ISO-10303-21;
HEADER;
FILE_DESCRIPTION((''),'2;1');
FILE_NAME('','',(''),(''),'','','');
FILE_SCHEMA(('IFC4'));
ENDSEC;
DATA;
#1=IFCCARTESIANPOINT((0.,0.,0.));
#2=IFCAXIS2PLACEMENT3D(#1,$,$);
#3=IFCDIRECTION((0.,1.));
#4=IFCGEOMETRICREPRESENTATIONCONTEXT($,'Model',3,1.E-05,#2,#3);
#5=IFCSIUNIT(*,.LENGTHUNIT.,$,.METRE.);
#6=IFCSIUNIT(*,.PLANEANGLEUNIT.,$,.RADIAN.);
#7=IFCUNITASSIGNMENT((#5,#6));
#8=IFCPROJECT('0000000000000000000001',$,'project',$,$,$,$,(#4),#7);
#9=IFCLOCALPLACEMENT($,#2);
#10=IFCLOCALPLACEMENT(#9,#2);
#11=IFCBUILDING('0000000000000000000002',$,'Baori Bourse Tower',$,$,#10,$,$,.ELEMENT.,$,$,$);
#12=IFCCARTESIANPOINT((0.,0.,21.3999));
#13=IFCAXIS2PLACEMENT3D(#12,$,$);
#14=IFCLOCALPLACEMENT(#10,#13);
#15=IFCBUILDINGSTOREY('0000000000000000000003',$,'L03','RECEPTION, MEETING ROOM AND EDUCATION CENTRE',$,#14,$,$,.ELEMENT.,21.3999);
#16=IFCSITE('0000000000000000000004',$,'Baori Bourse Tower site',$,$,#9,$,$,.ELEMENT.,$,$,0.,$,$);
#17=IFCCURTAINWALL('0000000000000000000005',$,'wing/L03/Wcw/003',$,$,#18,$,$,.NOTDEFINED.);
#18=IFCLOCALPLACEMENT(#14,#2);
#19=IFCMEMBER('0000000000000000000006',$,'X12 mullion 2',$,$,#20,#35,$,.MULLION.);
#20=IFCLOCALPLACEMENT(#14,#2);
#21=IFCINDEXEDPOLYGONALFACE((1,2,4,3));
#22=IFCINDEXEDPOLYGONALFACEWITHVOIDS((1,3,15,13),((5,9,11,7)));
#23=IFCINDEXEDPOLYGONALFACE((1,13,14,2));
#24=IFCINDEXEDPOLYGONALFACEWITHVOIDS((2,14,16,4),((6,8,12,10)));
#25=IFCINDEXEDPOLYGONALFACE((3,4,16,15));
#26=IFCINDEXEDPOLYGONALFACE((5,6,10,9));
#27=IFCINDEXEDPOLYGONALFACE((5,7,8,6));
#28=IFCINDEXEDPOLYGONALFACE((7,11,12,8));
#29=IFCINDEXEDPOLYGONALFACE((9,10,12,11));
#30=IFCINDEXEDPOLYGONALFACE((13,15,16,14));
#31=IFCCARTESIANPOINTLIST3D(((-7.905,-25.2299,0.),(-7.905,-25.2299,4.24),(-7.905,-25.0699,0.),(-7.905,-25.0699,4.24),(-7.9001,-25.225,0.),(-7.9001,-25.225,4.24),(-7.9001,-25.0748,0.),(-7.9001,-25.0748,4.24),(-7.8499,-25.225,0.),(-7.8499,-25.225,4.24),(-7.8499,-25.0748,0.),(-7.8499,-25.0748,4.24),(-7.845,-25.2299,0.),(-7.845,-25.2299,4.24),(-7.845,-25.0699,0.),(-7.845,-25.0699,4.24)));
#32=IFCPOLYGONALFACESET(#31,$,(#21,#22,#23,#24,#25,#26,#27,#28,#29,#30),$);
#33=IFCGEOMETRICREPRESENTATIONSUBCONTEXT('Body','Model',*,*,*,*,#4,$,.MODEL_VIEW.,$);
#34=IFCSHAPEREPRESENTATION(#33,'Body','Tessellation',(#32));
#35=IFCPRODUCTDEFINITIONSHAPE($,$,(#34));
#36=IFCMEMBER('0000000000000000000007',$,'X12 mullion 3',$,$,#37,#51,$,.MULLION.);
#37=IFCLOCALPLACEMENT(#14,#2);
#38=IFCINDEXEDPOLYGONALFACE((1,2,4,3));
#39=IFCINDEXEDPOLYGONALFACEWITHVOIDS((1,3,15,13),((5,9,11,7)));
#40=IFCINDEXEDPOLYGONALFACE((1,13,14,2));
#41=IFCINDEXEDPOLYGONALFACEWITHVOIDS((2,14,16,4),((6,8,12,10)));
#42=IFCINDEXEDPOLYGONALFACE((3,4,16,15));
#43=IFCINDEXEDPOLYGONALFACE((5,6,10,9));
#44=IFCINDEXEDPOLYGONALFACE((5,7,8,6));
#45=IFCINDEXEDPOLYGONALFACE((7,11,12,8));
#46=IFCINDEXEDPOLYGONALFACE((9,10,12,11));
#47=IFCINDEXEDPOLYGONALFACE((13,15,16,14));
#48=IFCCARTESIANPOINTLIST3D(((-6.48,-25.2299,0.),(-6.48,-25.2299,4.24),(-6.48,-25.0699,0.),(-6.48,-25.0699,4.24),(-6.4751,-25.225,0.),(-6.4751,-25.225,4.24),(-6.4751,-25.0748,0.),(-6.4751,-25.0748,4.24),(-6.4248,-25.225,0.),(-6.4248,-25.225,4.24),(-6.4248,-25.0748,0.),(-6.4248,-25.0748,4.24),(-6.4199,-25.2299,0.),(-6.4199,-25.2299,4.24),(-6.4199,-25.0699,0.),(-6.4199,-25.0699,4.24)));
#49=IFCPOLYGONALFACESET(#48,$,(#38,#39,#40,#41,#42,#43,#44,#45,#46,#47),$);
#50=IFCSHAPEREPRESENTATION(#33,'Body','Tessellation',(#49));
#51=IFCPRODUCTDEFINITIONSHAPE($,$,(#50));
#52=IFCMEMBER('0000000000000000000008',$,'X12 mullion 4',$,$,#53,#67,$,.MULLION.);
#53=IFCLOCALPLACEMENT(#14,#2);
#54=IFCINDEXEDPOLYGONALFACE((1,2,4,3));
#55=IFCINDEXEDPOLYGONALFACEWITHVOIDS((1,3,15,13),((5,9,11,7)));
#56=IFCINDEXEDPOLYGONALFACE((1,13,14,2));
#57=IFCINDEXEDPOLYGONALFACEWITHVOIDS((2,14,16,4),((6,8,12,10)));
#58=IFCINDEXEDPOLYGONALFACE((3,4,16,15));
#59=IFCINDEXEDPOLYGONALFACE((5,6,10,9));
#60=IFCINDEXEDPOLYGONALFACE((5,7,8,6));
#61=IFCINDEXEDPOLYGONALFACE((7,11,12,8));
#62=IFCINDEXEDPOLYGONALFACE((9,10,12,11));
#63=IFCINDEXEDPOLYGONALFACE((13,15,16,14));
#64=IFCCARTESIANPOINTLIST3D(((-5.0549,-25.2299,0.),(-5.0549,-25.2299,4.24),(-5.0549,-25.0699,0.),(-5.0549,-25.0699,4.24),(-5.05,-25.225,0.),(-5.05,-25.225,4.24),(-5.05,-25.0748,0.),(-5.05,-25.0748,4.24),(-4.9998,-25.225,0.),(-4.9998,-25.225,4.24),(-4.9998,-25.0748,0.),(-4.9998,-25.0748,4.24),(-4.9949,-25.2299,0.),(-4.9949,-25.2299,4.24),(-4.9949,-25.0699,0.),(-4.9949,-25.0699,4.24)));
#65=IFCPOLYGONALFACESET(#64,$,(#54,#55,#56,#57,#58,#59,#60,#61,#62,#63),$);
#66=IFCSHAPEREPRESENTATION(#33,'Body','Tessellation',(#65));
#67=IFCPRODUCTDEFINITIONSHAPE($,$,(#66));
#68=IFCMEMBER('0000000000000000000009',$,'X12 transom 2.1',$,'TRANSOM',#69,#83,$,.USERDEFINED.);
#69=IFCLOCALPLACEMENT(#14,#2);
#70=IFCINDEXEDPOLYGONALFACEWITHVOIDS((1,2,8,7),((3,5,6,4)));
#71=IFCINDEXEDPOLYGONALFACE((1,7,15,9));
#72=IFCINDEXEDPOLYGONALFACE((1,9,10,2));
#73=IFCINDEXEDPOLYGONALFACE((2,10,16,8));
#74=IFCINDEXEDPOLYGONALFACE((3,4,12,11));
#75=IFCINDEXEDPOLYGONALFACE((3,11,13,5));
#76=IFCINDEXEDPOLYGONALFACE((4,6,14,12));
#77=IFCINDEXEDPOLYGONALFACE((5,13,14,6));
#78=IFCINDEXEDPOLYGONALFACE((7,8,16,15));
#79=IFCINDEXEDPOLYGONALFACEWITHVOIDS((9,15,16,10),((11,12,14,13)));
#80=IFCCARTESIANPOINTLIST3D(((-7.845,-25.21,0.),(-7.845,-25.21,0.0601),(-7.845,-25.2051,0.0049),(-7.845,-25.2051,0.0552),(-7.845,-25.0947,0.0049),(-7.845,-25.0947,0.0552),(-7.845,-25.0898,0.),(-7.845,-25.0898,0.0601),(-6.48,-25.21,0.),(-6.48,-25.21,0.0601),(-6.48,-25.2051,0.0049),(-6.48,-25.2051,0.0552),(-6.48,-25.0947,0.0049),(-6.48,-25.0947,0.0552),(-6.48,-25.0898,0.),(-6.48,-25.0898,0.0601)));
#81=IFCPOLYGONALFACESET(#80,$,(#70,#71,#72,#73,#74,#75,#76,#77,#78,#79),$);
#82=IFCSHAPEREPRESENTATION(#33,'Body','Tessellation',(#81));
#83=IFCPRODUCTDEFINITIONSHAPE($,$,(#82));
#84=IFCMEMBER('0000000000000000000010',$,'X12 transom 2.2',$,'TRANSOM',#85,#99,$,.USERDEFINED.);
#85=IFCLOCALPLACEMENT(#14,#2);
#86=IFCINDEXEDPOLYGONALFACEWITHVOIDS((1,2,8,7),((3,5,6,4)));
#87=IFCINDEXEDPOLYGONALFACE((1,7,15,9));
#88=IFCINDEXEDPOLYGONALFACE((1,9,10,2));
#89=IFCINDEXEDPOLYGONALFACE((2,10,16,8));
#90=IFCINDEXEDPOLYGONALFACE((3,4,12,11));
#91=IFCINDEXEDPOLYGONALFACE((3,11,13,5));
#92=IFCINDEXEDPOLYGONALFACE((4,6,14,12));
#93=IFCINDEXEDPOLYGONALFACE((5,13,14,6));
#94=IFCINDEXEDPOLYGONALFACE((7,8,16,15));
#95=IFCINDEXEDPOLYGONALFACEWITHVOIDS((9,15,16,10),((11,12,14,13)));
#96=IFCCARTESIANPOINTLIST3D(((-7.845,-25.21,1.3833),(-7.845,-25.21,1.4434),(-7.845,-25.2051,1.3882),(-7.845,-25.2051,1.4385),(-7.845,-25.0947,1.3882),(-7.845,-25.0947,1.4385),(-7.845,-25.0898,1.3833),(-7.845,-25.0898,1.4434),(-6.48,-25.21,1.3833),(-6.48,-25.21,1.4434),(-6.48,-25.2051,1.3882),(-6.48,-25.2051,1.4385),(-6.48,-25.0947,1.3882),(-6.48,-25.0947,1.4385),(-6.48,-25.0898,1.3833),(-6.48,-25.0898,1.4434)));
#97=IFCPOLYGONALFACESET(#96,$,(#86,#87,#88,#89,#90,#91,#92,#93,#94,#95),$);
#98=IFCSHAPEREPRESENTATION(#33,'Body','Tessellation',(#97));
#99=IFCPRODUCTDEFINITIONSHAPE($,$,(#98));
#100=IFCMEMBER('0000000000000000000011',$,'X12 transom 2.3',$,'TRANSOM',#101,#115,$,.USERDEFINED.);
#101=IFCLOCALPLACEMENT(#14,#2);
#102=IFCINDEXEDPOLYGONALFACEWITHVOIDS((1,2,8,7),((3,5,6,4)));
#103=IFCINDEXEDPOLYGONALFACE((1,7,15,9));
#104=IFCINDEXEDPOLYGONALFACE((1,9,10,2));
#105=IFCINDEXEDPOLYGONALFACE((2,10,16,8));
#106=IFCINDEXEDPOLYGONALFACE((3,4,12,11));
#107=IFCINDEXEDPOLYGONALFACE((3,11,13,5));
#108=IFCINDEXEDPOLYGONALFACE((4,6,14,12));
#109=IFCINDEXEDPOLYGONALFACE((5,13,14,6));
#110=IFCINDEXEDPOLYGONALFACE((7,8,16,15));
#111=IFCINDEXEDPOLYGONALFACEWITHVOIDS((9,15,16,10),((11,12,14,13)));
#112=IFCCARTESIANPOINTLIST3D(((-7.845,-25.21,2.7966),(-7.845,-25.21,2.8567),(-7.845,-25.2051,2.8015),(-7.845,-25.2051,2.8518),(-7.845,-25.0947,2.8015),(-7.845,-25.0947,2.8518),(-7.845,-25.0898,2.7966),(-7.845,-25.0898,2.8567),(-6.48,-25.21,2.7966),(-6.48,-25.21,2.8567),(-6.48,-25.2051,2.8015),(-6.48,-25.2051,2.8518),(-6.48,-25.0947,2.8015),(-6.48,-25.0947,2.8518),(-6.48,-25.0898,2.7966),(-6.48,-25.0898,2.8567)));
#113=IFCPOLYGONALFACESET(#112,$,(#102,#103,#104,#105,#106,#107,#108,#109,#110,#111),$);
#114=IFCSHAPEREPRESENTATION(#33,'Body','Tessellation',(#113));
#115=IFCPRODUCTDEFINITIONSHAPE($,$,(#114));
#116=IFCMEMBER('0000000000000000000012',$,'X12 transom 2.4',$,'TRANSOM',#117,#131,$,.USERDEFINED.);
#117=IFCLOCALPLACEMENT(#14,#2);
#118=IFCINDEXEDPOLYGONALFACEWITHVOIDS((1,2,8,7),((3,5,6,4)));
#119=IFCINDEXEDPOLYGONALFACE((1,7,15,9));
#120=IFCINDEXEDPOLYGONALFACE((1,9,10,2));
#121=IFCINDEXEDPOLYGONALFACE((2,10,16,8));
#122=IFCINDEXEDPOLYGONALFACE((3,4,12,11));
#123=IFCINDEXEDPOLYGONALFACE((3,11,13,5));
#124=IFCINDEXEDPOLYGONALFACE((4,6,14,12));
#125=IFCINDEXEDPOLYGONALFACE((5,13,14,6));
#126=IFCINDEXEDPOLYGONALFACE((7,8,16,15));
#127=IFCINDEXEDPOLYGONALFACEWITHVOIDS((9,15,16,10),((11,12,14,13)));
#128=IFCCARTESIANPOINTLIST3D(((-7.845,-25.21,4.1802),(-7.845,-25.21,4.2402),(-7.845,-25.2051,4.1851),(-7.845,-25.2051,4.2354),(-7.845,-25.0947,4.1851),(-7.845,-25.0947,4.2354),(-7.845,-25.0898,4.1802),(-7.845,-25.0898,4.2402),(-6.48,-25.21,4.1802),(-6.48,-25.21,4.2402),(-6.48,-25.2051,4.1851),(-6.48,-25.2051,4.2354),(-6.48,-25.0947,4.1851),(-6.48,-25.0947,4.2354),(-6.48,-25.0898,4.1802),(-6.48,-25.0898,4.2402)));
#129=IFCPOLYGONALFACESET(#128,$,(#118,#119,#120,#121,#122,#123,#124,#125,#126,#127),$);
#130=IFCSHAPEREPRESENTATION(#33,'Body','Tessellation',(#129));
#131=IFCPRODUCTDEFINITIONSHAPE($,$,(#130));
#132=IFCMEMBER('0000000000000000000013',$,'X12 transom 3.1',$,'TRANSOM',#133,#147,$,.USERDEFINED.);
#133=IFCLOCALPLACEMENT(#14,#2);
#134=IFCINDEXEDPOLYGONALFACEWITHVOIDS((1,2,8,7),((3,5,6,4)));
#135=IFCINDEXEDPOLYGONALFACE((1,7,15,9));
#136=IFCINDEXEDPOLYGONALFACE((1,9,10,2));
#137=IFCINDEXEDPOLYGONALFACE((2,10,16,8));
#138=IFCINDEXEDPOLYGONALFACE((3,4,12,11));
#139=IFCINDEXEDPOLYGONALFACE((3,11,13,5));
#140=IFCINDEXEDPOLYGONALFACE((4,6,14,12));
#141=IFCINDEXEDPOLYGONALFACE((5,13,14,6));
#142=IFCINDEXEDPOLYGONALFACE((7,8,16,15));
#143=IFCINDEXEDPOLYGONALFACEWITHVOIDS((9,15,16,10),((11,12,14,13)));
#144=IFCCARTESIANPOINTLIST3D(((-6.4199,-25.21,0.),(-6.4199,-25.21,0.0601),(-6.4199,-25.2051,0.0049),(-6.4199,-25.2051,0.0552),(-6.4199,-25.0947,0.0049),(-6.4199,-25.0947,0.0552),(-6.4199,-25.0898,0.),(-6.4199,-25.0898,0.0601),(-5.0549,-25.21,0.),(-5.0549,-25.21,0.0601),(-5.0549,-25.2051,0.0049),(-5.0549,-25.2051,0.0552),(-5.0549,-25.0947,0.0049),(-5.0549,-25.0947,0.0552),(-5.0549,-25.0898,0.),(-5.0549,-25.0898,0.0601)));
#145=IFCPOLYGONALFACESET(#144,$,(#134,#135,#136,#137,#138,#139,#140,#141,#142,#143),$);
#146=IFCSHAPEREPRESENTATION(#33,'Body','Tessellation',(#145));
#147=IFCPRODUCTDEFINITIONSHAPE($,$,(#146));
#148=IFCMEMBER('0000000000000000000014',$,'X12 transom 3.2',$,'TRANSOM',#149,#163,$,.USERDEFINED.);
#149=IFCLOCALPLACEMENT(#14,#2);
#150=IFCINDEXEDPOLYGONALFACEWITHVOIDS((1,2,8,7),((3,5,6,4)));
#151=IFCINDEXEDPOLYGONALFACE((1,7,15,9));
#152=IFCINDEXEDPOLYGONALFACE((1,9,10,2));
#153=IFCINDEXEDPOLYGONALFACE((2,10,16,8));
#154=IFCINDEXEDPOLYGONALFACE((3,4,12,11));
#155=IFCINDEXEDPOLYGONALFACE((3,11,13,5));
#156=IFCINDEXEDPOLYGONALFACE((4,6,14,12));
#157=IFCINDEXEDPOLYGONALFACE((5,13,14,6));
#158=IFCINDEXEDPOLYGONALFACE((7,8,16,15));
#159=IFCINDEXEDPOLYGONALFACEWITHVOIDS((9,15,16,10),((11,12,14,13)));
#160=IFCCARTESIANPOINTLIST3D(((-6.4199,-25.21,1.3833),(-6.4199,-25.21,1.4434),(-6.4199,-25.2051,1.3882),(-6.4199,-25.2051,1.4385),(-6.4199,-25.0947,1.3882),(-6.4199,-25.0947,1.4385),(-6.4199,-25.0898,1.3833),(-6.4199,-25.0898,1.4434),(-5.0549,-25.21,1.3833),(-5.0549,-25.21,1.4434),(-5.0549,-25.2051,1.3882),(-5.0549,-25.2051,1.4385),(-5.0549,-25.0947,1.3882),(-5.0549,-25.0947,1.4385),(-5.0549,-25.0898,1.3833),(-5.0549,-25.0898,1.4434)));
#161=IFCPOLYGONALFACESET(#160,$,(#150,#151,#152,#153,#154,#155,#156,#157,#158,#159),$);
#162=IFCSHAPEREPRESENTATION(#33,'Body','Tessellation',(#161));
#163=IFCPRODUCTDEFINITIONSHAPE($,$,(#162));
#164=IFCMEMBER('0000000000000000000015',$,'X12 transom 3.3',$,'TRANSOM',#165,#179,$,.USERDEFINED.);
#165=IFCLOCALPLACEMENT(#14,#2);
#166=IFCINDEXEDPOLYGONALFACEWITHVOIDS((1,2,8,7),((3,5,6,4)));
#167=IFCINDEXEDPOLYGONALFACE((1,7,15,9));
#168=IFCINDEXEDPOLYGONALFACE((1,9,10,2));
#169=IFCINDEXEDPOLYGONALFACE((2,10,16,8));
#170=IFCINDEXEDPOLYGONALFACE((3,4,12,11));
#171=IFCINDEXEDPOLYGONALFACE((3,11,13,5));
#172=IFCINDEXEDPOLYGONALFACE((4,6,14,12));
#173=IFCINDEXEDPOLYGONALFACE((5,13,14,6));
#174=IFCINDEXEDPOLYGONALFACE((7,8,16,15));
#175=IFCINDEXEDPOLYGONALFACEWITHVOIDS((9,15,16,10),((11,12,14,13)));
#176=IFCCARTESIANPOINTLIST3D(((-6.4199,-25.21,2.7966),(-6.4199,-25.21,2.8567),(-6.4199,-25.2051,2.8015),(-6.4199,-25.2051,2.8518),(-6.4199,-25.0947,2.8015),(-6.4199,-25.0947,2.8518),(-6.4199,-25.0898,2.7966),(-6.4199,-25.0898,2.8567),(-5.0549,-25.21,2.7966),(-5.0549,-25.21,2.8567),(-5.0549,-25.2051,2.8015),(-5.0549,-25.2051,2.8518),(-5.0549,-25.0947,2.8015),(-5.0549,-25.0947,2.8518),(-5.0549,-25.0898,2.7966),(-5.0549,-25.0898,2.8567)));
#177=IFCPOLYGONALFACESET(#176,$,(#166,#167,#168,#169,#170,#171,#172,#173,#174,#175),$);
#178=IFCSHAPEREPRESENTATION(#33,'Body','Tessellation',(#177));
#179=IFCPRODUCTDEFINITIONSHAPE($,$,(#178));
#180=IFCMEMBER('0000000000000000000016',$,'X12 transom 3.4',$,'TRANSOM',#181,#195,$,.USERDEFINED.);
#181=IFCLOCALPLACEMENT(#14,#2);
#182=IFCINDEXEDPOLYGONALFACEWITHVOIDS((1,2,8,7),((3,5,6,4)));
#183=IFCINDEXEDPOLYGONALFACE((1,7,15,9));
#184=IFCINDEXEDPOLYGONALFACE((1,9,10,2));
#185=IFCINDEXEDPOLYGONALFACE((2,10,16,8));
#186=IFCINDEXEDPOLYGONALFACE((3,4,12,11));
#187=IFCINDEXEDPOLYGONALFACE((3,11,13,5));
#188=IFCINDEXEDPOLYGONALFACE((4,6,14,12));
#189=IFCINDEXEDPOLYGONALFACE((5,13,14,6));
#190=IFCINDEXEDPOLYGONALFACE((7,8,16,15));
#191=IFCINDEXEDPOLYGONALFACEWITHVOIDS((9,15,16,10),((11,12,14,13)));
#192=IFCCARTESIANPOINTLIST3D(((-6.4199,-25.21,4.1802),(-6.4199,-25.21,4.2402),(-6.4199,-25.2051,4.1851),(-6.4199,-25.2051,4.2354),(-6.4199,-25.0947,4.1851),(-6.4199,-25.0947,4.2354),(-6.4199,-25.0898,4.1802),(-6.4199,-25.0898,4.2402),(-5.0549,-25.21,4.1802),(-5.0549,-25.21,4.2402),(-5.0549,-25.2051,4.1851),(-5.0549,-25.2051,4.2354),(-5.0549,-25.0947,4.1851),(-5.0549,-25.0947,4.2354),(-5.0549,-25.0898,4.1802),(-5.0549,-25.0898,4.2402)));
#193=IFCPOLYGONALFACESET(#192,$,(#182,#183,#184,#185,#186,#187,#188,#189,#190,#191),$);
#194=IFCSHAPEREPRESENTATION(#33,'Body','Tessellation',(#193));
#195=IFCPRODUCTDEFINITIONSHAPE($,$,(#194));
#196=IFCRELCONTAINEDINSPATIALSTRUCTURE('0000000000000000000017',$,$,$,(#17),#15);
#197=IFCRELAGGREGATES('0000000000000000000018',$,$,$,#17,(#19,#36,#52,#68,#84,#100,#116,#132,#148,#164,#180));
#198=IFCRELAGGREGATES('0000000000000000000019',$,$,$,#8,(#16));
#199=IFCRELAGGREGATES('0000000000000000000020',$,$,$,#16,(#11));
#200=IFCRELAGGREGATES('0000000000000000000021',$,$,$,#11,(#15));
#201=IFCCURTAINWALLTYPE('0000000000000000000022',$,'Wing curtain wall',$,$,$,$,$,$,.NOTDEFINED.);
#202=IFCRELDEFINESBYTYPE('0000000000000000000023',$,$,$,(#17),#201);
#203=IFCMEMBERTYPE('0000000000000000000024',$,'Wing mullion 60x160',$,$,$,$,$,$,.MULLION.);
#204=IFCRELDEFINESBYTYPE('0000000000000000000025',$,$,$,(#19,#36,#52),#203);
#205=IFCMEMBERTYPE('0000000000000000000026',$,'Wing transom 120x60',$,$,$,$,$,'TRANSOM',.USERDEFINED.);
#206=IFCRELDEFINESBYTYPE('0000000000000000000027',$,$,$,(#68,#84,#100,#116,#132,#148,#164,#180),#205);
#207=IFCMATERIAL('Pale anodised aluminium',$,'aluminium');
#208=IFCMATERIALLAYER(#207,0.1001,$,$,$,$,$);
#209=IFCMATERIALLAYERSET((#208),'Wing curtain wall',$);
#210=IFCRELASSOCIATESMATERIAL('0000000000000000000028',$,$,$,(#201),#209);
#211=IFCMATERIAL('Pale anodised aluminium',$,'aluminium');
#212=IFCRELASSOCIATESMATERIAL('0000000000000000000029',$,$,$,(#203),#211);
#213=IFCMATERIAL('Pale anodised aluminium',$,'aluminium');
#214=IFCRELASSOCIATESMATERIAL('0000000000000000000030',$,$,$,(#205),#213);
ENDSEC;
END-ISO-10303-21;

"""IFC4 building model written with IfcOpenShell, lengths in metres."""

from ifc_helpers import new_model, si_unit, direction, frame, origin, origin_2d, place, context, subcontext, project, spatial, hollow_rectangle, extrude, material, layer, layer_set, material_profile, profile_set, type_object, element, aggregate, save


model = new_model("IFC4")

# Units and contexts
model_context = context("Model", 3, precision=1e-05, world=origin(), true_north=direction((0.0, 1.0)))
body_context = subcontext(model_context, "Body", "Model", "MODEL_VIEW")
ifc_project = project(units=[si_unit("LENGTHUNIT", "METRE"), si_unit("PLANEANGLEUNIT", "RADIAN")], contexts=[model_context])

# Site, building, storey
site_placement = place(None, origin())
site = spatial("IfcSite", under=ifc_project, at=site_placement, Name="Baori Bourse Tower site", CompositionType="ELEMENT", RefElevation=0.0)
building_placement = place(site_placement, origin())
building = spatial("IfcBuilding", under=site, at=building_placement, Name="Baori Bourse Tower", CompositionType="ELEMENT")
storey_placement = place(building_placement, frame((0.0, 0.0, 21.3999)))
storey = spatial("IfcBuildingStorey", under=building, at=storey_placement, Name="L03", Description="RECEPTION, MEETING ROOM AND EDUCATION CENTRE", CompositionType="ELEMENT", Elevation=21.3999)

# Curtain wall, members
ifc_material_1 = material(Name="Pale anodised aluminium", Category="aluminium")
ifc_layer_1 = layer(ifc_material_1, 0.1001)
ifc_layer_set_1 = layer_set([ifc_layer_1], Name="Wing curtain wall")
curtain_wall_type = type_object("IfcCurtainWallType", Name="Wing curtain wall", PredefinedType="NOTDEFINED", material=ifc_layer_set_1)
curtain_wall_placement = place(storey_placement, origin())
curtain_wall = element("IfcCurtainWall", 1, at=curtain_wall_placement, inside=storey, type_object=curtain_wall_type, Name="wing/L03/Wcw/003", PredefinedType="NOTDEFINED")
ifc_material_2 = material(Name="Pale anodised aluminium", Category="aluminium")
ifc_material_profile_1 = material_profile(ifc_material_2, hollow_rectangle(XDim=0.1599, YDim=0.0601, WallThickness=0.0049, at=origin_2d()), Name="Mullion 160x60x5")
ifc_profile_set_1 = profile_set([ifc_material_profile_1], Name="Pale anodised aluminium")
member_type_1 = type_object("IfcMemberType", Name="Wing mullion 60x160", PredefinedType="MULLION", material=ifc_profile_set_1)
member_1_placement = place(storey_placement, frame((-7.875, -25.1499, 0.0), z_axis=(0.0, 0.0, 1.0), x_axis=(0.0, 1.0, 0.0)))
member_1 = element("IfcMember", 2, at=member_1_placement, type_object=member_type_1, Name="X12 mullion 2", PredefinedType="MULLION", context=body_context, shape_type="SweptSolid", body=[
    extrude(hollow_rectangle(XDim=0.1599, YDim=0.0601, WallThickness=0.0049, at=origin_2d()), origin(), (0.0, 0.0, 1.0), 4.24),
])
member_2_placement = place(storey_placement, frame((-6.45, -25.1499, 0.0), z_axis=(0.0, 0.0, 1.0), x_axis=(0.0, 1.0, 0.0)))
member_2 = element("IfcMember", 3, at=member_2_placement, type_object=member_type_1, Name="X12 mullion 3", PredefinedType="MULLION", context=body_context, shape_type="SweptSolid", body=[
    extrude(hollow_rectangle(XDim=0.1599, YDim=0.0601, WallThickness=0.0049, at=origin_2d()), origin(), (0.0, 0.0, 1.0), 4.24),
])
member_3_placement = place(storey_placement, frame((-5.0249, -25.1499, 0.0), z_axis=(0.0, 0.0, 1.0), x_axis=(0.0, 1.0, 0.0)))
member_3 = element("IfcMember", 4, at=member_3_placement, type_object=member_type_1, Name="X12 mullion 4", PredefinedType="MULLION", context=body_context, shape_type="SweptSolid", body=[
    extrude(hollow_rectangle(XDim=0.1599, YDim=0.0601, WallThickness=0.0049, at=origin_2d()), origin(), (0.0, 0.0, 1.0), 4.24),
])
ifc_material_3 = material(Name="Pale anodised aluminium", Category="aluminium")
ifc_material_profile_2 = material_profile(ifc_material_3, hollow_rectangle(XDim=0.1201, YDim=0.0601, WallThickness=0.0049, at=origin_2d()), Name="Transom 120x60x5")
ifc_profile_set_2 = profile_set([ifc_material_profile_2], Name="Pale anodised aluminium")
member_type_2 = type_object("IfcMemberType", Name="Wing transom 120x60", ElementType="TRANSOM", PredefinedType="USERDEFINED", material=ifc_profile_set_2)
member_4_placement = place(storey_placement, frame((-7.845, -25.1499, 0.03), z_axis=(1.0, 0.0, 0.0), x_axis=(0.0, 1.0, 0.0)))
member_4 = element("IfcMember", 5, at=member_4_placement, type_object=member_type_2, Name="X12 transom 2.1", ObjectType="TRANSOM", PredefinedType="USERDEFINED", context=body_context, shape_type="SweptSolid", body=[
    extrude(hollow_rectangle(XDim=0.1201, YDim=0.0601, WallThickness=0.0049, at=origin_2d()), origin(), (0.0, 0.0, 1.0), 1.365),
])
member_5_placement = place(storey_placement, frame((-7.845, -25.1499, 1.4133), z_axis=(1.0, 0.0, 0.0), x_axis=(0.0, 1.0, 0.0)))
member_5 = element("IfcMember", 6, at=member_5_placement, type_object=member_type_2, Name="X12 transom 2.2", ObjectType="TRANSOM", PredefinedType="USERDEFINED", context=body_context, shape_type="SweptSolid", body=[
    extrude(hollow_rectangle(XDim=0.1201, YDim=0.0601, WallThickness=0.0049, at=origin_2d()), origin(), (0.0, 0.0, 1.0), 1.365),
])
member_6_placement = place(storey_placement, frame((-7.845, -25.1499, 2.8267), z_axis=(1.0, 0.0, 0.0), x_axis=(0.0, 1.0, 0.0)))
member_6 = element("IfcMember", 7, at=member_6_placement, type_object=member_type_2, Name="X12 transom 2.3", ObjectType="TRANSOM", PredefinedType="USERDEFINED", context=body_context, shape_type="SweptSolid", body=[
    extrude(hollow_rectangle(XDim=0.1201, YDim=0.0601, WallThickness=0.0049, at=origin_2d()), origin(), (0.0, 0.0, 1.0), 1.365),
])
member_7_placement = place(storey_placement, frame((-7.845, -25.1499, 4.2102), z_axis=(1.0, 0.0, 0.0), x_axis=(0.0, 1.0, 0.0)))
member_7 = element("IfcMember", 8, at=member_7_placement, type_object=member_type_2, Name="X12 transom 2.4", ObjectType="TRANSOM", PredefinedType="USERDEFINED", context=body_context, shape_type="SweptSolid", body=[
    extrude(hollow_rectangle(XDim=0.1201, YDim=0.0601, WallThickness=0.0049, at=origin_2d()), origin(), (0.0, 0.0, 1.0), 1.365),
])
member_8_placement = place(storey_placement, frame((-6.4199, -25.1499, 0.03), z_axis=(1.0, 0.0, 0.0), x_axis=(0.0, 1.0, 0.0)))
member_8 = element("IfcMember", 9, at=member_8_placement, type_object=member_type_2, Name="X12 transom 3.1", ObjectType="TRANSOM", PredefinedType="USERDEFINED", context=body_context, shape_type="SweptSolid", body=[
    extrude(hollow_rectangle(XDim=0.1201, YDim=0.0601, WallThickness=0.0049, at=origin_2d()), origin(), (0.0, 0.0, 1.0), 1.365),
])
member_9_placement = place(storey_placement, frame((-6.4199, -25.1499, 1.4133), z_axis=(1.0, 0.0, 0.0), x_axis=(0.0, 1.0, 0.0)))
member_9 = element("IfcMember", 10, at=member_9_placement, type_object=member_type_2, Name="X12 transom 3.2", ObjectType="TRANSOM", PredefinedType="USERDEFINED", context=body_context, shape_type="SweptSolid", body=[
    extrude(hollow_rectangle(XDim=0.1201, YDim=0.0601, WallThickness=0.0049, at=origin_2d()), origin(), (0.0, 0.0, 1.0), 1.365),
])
member_10_placement = place(storey_placement, frame((-6.4199, -25.1499, 2.8267), z_axis=(1.0, 0.0, 0.0), x_axis=(0.0, 1.0, 0.0)))
member_10 = element("IfcMember", 11, at=member_10_placement, type_object=member_type_2, Name="X12 transom 3.3", ObjectType="TRANSOM", PredefinedType="USERDEFINED", context=body_context, shape_type="SweptSolid", body=[
    extrude(hollow_rectangle(XDim=0.1201, YDim=0.0601, WallThickness=0.0049, at=origin_2d()), origin(), (0.0, 0.0, 1.0), 1.365),
])
member_11_placement = place(storey_placement, frame((-6.4199, -25.1499, 4.2102), z_axis=(1.0, 0.0, 0.0), x_axis=(0.0, 1.0, 0.0)))
member_11 = element("IfcMember", 12, at=member_11_placement, type_object=member_type_2, Name="X12 transom 3.4", ObjectType="TRANSOM", PredefinedType="USERDEFINED", context=body_context, shape_type="SweptSolid", body=[
    extrude(hollow_rectangle(XDim=0.1201, YDim=0.0601, WallThickness=0.0049, at=origin_2d()), origin(), (0.0, 0.0, 1.0), 1.365),
])
aggregate(curtain_wall, [member_1, member_2, member_3, member_4, member_5, member_6, member_7, member_8, member_9, member_10, member_11])

save(model, "model.ifc")
